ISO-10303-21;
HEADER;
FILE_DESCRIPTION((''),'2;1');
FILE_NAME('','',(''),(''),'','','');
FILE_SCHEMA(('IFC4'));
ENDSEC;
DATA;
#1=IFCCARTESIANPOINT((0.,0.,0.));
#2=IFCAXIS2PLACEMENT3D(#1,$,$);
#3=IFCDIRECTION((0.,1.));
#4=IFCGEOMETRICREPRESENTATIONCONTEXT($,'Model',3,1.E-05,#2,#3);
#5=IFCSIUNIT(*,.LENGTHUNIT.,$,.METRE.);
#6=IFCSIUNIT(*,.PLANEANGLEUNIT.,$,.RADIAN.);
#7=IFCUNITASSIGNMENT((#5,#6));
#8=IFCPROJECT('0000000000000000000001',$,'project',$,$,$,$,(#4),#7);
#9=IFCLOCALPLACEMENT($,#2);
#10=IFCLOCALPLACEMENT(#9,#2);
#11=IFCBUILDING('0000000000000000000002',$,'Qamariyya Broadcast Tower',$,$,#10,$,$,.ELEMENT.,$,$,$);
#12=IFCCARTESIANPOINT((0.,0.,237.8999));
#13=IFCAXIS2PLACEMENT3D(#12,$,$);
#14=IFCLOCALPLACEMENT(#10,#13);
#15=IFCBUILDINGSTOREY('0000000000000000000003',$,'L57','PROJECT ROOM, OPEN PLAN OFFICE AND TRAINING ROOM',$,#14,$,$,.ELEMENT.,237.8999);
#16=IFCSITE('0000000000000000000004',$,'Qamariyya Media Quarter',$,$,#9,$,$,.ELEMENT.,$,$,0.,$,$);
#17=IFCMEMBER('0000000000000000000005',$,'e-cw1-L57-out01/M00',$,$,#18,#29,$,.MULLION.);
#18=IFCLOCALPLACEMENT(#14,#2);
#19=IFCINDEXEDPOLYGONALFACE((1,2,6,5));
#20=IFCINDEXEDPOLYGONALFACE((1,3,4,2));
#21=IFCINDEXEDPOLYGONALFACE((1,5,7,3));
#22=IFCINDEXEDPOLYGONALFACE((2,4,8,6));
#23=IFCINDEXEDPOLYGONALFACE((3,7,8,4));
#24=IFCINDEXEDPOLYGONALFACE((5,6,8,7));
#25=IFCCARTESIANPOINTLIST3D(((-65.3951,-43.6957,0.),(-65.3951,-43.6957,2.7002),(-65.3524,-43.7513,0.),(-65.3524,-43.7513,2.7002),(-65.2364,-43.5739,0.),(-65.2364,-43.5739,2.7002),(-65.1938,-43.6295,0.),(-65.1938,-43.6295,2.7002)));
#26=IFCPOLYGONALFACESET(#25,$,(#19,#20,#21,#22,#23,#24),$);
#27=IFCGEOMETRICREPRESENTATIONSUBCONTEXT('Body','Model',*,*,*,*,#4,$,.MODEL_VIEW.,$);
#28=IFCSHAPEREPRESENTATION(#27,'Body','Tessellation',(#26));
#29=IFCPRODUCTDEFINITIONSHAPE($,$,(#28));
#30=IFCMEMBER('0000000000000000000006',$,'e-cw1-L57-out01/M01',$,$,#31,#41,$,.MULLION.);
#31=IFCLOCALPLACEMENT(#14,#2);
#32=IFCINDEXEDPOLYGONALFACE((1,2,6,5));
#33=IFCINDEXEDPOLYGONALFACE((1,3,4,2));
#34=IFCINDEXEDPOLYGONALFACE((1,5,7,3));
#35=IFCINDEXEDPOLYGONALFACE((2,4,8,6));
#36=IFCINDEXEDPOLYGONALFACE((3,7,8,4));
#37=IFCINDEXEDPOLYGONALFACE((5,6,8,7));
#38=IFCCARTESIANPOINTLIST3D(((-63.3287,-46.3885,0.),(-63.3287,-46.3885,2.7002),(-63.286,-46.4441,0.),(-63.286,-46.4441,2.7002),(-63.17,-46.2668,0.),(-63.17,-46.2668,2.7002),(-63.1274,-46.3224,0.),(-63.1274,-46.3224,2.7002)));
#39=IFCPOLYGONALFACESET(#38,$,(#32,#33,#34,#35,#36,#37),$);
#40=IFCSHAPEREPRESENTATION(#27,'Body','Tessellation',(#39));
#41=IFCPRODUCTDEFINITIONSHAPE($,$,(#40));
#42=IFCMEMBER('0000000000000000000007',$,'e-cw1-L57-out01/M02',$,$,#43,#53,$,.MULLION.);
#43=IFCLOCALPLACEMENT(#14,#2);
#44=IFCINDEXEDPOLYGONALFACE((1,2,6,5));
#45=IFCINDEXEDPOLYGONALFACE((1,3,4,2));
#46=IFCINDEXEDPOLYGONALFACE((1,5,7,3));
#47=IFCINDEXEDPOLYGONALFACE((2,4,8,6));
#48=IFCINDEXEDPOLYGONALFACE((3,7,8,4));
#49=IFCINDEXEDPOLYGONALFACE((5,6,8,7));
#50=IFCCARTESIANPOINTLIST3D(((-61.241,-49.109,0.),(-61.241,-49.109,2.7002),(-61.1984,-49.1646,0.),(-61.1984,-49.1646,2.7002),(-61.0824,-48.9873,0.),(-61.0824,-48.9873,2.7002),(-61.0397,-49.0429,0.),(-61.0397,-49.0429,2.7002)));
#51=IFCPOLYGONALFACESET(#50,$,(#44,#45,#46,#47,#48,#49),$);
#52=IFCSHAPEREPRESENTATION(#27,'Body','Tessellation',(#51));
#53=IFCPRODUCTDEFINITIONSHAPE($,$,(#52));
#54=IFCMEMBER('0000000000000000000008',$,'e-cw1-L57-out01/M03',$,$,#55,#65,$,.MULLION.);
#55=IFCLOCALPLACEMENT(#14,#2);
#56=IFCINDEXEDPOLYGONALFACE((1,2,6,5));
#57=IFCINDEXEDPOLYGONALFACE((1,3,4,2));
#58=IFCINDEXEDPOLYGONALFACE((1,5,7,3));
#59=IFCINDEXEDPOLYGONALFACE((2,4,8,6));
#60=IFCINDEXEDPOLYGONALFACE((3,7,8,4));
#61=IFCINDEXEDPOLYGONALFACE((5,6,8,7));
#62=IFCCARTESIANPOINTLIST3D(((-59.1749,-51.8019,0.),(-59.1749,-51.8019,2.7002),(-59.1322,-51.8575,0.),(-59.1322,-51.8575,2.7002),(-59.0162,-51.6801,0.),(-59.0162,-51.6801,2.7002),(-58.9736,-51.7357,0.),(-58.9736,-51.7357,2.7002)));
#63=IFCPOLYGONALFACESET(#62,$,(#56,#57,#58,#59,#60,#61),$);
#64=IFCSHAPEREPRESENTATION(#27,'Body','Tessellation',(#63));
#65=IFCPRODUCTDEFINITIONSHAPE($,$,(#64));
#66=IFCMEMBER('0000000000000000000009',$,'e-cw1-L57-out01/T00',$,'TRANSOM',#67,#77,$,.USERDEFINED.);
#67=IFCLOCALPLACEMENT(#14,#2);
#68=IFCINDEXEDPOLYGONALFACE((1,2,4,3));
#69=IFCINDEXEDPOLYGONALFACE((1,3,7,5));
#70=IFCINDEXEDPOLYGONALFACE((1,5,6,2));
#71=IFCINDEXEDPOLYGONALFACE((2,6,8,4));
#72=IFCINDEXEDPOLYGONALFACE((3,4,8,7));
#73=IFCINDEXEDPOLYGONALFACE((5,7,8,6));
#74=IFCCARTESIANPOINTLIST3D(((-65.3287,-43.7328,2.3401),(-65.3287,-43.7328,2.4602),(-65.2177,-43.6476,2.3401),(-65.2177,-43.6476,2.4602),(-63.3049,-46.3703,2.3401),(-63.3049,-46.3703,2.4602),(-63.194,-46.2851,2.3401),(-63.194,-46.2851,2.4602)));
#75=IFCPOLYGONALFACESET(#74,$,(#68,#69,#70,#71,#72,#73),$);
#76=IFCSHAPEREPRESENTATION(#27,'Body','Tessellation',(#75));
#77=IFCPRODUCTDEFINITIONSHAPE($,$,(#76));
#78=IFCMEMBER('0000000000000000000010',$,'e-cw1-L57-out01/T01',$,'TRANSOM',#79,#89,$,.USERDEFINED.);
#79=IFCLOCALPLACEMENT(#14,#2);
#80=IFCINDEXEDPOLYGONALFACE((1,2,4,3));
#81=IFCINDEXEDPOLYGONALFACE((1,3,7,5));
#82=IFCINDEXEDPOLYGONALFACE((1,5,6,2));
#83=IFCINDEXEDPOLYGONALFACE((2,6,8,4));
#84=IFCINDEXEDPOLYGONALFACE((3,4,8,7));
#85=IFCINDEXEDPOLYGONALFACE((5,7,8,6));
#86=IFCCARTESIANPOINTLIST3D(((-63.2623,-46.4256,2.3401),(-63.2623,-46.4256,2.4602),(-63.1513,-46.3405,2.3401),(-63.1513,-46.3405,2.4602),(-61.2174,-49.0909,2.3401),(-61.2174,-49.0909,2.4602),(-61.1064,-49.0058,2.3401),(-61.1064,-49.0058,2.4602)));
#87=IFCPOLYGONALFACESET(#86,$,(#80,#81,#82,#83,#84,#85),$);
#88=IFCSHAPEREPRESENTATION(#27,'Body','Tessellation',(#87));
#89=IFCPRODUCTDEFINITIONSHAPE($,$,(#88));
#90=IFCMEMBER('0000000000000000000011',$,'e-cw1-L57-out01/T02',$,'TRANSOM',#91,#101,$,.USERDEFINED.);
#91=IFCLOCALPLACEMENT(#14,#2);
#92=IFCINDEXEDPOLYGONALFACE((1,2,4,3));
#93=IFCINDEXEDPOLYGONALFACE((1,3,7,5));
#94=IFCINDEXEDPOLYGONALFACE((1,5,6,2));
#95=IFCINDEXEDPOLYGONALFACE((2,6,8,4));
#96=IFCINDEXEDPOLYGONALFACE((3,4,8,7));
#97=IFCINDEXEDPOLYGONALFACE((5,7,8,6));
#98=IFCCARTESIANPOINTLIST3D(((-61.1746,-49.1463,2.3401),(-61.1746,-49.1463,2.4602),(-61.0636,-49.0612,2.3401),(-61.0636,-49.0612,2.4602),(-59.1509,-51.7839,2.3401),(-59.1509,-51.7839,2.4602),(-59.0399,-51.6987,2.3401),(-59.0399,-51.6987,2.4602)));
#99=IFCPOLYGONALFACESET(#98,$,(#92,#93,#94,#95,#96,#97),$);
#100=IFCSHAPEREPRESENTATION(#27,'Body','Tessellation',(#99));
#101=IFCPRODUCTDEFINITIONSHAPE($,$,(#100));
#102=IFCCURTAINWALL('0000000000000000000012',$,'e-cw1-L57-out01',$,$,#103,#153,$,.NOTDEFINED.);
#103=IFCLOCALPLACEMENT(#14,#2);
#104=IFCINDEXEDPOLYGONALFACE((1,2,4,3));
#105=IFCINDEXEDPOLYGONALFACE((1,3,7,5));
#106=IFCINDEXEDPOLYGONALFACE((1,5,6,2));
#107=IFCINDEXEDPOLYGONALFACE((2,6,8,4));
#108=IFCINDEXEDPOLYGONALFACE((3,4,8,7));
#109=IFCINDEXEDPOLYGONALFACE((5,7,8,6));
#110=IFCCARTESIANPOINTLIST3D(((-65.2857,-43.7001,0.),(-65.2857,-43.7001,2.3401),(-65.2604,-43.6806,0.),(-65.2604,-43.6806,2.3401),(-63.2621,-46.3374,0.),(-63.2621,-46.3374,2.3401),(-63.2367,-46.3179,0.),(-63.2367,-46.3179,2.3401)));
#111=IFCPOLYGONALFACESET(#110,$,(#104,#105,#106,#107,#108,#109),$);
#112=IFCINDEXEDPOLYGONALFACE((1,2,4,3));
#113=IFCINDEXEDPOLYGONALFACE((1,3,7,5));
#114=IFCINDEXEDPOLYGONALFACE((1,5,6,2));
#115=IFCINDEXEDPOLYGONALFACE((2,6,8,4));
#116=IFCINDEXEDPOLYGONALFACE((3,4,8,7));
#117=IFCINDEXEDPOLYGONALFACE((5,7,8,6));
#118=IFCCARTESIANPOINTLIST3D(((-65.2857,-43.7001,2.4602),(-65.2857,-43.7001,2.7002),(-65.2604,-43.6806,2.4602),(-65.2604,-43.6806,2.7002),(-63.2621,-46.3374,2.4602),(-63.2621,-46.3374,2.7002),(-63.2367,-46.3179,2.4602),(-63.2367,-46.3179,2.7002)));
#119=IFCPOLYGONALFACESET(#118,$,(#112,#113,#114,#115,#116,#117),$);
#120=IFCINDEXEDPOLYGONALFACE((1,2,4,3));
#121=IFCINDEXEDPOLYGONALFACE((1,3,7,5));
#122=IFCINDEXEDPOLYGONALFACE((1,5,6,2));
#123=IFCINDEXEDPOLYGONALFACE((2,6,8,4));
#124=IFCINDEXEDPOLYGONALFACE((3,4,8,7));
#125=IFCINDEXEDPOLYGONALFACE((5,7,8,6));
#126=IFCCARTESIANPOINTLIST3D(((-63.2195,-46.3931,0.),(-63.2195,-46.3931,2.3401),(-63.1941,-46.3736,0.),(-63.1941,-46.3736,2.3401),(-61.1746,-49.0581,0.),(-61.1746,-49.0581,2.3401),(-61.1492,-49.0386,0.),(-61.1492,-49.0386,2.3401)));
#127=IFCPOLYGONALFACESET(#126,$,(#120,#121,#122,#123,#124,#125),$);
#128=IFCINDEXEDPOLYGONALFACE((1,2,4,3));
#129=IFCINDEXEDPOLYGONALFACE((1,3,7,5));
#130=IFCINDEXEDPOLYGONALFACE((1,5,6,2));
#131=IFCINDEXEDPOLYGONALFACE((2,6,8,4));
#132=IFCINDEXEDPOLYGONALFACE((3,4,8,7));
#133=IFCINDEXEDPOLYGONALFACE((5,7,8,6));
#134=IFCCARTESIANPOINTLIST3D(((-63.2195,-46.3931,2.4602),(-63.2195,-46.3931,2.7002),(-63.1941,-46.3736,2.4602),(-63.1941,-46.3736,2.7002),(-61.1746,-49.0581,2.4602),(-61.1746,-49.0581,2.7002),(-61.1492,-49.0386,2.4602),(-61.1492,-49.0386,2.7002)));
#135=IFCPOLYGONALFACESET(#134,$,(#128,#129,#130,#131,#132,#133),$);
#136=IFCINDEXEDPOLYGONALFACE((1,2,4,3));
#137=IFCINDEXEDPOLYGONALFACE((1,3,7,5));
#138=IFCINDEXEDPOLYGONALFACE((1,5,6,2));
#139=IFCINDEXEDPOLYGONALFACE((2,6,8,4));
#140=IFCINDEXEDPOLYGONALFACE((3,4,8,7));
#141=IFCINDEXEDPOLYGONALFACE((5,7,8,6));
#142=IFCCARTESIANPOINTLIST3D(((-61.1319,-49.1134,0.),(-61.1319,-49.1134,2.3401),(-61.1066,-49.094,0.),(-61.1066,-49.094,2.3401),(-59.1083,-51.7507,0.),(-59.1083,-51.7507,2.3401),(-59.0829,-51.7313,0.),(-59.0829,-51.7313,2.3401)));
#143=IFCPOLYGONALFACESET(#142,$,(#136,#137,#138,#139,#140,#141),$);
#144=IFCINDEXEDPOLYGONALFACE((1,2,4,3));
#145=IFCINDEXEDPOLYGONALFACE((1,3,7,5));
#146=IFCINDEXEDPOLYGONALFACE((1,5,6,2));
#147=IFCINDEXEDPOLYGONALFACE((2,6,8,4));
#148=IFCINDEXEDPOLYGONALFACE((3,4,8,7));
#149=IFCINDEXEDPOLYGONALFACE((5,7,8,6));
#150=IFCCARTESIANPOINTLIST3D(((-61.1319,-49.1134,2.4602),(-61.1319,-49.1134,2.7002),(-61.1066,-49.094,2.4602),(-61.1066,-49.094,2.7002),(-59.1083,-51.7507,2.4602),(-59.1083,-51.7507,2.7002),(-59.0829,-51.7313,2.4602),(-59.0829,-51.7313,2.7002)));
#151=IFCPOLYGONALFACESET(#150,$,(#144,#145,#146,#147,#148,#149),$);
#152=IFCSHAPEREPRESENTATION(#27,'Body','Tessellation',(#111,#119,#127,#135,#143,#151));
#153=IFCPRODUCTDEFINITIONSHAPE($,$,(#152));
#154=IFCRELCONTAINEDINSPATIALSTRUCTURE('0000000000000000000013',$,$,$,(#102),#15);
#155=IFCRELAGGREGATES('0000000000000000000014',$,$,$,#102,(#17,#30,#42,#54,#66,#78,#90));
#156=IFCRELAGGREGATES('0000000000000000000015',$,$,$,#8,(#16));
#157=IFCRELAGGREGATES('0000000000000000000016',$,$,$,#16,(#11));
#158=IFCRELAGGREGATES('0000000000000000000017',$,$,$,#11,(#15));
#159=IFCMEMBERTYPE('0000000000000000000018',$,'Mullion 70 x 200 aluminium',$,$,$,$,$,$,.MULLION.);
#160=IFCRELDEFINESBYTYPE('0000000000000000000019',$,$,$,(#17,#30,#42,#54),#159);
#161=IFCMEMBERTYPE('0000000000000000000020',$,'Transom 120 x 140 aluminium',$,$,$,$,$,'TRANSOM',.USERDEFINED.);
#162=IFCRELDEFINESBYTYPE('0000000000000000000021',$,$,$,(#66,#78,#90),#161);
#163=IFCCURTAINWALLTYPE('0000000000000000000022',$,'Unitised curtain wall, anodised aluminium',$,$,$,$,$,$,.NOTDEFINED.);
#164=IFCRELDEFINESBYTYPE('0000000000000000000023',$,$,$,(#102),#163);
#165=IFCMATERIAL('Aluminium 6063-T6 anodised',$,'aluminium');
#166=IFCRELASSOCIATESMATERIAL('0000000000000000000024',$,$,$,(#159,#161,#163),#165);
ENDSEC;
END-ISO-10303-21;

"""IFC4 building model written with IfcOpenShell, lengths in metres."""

from ifc_helpers import new_model, si_unit, direction, frame, origin, origin_2d, place, context, subcontext, project, spatial, rectangle, extrude, material, material_profile, profile_set, type_object, element, aggregate, save


model = new_model("IFC4")

# Units and contexts
model_context = context("Model", 3, precision=1e-05, world=origin(), true_north=direction((0.0, 1.0)))
body_context = subcontext(model_context, "Body", "Model", "MODEL_VIEW")
ifc_project = project(units=[si_unit("LENGTHUNIT", "METRE"), si_unit("PLANEANGLEUNIT", "RADIAN")], contexts=[model_context])

# Members
ifc_material = material(Name="Aluminium 6063-T6 anodised", Category="aluminium")
ifc_material_profile_1 = material_profile(ifc_material, rectangle(XDim=0.2, YDim=0.0701, at=origin_2d()))
ifc_profile_set_1 = profile_set([ifc_material_profile_1], Name="Aluminium 6063-T6 anodised")
member_type_1 = type_object("IfcMemberType", Name="Mullion 70 x 200 aluminium", PredefinedType="MULLION", material=ifc_profile_set_1)
site_placement = place(None, origin())
building_placement = place(site_placement, origin())
storey_placement = place(building_placement, frame((0.0, 0.0, 237.8999)))
member_1_placement = place(storey_placement, frame((-65.2944, -43.6626, 0.0), z_axis=(0.0, 0.0, 1.0), x_axis=(0.793353, 0.608761, 0.0)))
member_1 = element("IfcMember", 1, at=member_1_placement, type_object=member_type_1, Name="e-cw1-L57-out01/M00", PredefinedType="MULLION", context=body_context, shape_type="SweptSolid", body=[
    extrude(rectangle(XDim=0.2, YDim=0.0701, at=origin_2d()), origin(), (0.0, 0.0, 1.0), 2.7002),
])
member_2_placement = place(storey_placement, frame((-63.228, -46.3555, 0.0), z_axis=(0.0, 0.0, 1.0), x_axis=(0.793353, 0.608761, 0.0)))
member_2 = element("IfcMember", 2, at=member_2_placement, type_object=member_type_1, Name="e-cw1-L57-out01/M01", PredefinedType="MULLION", context=body_context, shape_type="SweptSolid", body=[
    extrude(rectangle(XDim=0.2, YDim=0.0701, at=origin_2d()), origin(), (0.0, 0.0, 1.0), 2.7002),
])
member_3_placement = place(storey_placement, frame((-61.1404, -49.0759, 0.0), z_axis=(0.0, 0.0, 1.0), x_axis=(0.793353, 0.608761, 0.0)))
member_3 = element("IfcMember", 3, at=member_3_placement, type_object=member_type_1, Name="e-cw1-L57-out01/M02", PredefinedType="MULLION", context=body_context, shape_type="SweptSolid", body=[
    extrude(rectangle(XDim=0.2, YDim=0.0701, at=origin_2d()), origin(), (0.0, 0.0, 1.0), 2.7002),
])
member_4_placement = place(storey_placement, frame((-59.0742, -51.7688, 0.0), z_axis=(0.0, 0.0, 1.0), x_axis=(0.793353, 0.608761, 0.0)))
member_4 = element("IfcMember", 4, at=member_4_placement, type_object=member_type_1, Name="e-cw1-L57-out01/M03", PredefinedType="MULLION", context=body_context, shape_type="SweptSolid", body=[
    extrude(rectangle(XDim=0.2, YDim=0.0701, at=origin_2d()), origin(), (0.0, 0.0, 1.0), 2.7002),
])
ifc_material_profile_2 = material_profile(ifc_material, rectangle(XDim=0.1399, YDim=0.1201, at=origin_2d()))
ifc_profile_set_2 = profile_set([ifc_material_profile_2], Name="Aluminium 6063-T6 anodised")
member_type_2 = type_object("IfcMemberType", Name="Transom 120 x 140 aluminium", ElementType="TRANSOM", PredefinedType="USERDEFINED", material=ifc_profile_set_2)
member_5_placement = place(storey_placement, frame((-65.2732, -43.6902, 2.4001), z_axis=(0.608741, -0.793369, 0.0), x_axis=(0.793369, 0.608741, 0.0)))
member_5 = element("IfcMember", 5, at=member_5_placement, type_object=member_type_2, Name="e-cw1-L57-out01/T00", ObjectType="TRANSOM", PredefinedType="USERDEFINED", context=body_context, shape_type="SweptSolid", body=[
    extrude(rectangle(XDim=0.1399, YDim=0.1201, at=origin_2d()), origin(), (0.0, 0.0, 1.0), 3.3245),
])
member_6_placement = place(storey_placement, frame((-63.2068, -46.3831, 2.4001), z_axis=(0.60872, -0.793385, 0.0), x_axis=(0.793385, 0.60872, 0.0)))
member_6 = element("IfcMember", 6, at=member_6_placement, type_object=member_type_2, Name="e-cw1-L57-out01/T01", ObjectType="TRANSOM", PredefinedType="USERDEFINED", context=body_context, shape_type="SweptSolid", body=[
    extrude(rectangle(XDim=0.1399, YDim=0.1201, at=origin_2d()), origin(), (0.0, 0.0, 1.0), 3.3594),
])
member_7_placement = place(storey_placement, frame((-61.1191, -49.1038, 2.4001), z_axis=(0.608741, -0.793369, 0.0), x_axis=(0.793369, 0.608741, 0.0)))
member_7 = element("IfcMember", 7, at=member_7_placement, type_object=member_type_2, Name="e-cw1-L57-out01/T02", ObjectType="TRANSOM", PredefinedType="USERDEFINED", context=body_context, shape_type="SweptSolid", body=[
    extrude(rectangle(XDim=0.1399, YDim=0.1201, at=origin_2d()), origin(), (0.0, 0.0, 1.0), 3.3245),
])

# Site, building, storey
site = spatial("IfcSite", under=ifc_project, at=site_placement, Name="Qamariyya Media Quarter", CompositionType="ELEMENT", RefElevation=0.0)
building = spatial("IfcBuilding", under=site, at=building_placement, Name="Qamariyya Broadcast Tower", CompositionType="ELEMENT")
storey = spatial("IfcBuildingStorey", under=building, at=storey_placement, Name="L57", Description="PROJECT ROOM, OPEN PLAN OFFICE AND TRAINING ROOM", CompositionType="ELEMENT", Elevation=237.8999)

# Curtain wall
curtain_wall_type = type_object("IfcCurtainWallType", Name="Unitised curtain wall, anodised aluminium", PredefinedType="NOTDEFINED", material=ifc_material)
curtain_wall_1_placement = place(storey_placement, origin())
curtain_wall_1 = element("IfcCurtainWall", 8, at=curtain_wall_1_placement, inside=storey, type_object=curtain_wall_type, Name="e-cw1-L57-out01", PredefinedType="NOTDEFINED", context=body_context, shape_type="SweptSolid", body=[
    extrude(rectangle(XDim=3.3242, YDim=0.032, at=origin_2d()), frame((-64.2612, -45.009, 0.0), x_axis=(0.608754, -0.793359, 0.0)), (0.0, 0.0, 1.0), 2.3401),
    extrude(rectangle(XDim=3.3242, YDim=0.032, at=origin_2d()), frame((-64.2612, -45.009, 2.4602), x_axis=(0.608754, -0.793359, 0.0)), (0.0, 0.0, 1.0), 0.24),
    extrude(rectangle(XDim=3.3591, YDim=0.032, at=origin_2d()), frame((-62.1843, -47.7158, 0.0), x_axis=(0.608754, -0.793359, 0.0)), (0.0, 0.0, 1.0), 2.3401),
    extrude(rectangle(XDim=3.3591, YDim=0.032, at=origin_2d()), frame((-62.1843, -47.7158, 2.4602), x_axis=(0.608754, -0.793359, 0.0)), (0.0, 0.0, 1.0), 0.24),
    extrude(rectangle(XDim=3.3242, YDim=0.032, at=origin_2d()), frame((-60.1074, -50.4224, 0.0), x_axis=(0.608754, -0.793359, 0.0)), (0.0, 0.0, 1.0), 2.3401),
    extrude(rectangle(XDim=3.3242, YDim=0.032, at=origin_2d()), frame((-60.1074, -50.4224, 2.4602), x_axis=(0.608754, -0.793359, 0.0)), (0.0, 0.0, 1.0), 0.24),
])
aggregate(curtain_wall_1, [member_1, member_2, member_3, member_4, member_5, member_6, member_7])

save(model, "model.ifc")
